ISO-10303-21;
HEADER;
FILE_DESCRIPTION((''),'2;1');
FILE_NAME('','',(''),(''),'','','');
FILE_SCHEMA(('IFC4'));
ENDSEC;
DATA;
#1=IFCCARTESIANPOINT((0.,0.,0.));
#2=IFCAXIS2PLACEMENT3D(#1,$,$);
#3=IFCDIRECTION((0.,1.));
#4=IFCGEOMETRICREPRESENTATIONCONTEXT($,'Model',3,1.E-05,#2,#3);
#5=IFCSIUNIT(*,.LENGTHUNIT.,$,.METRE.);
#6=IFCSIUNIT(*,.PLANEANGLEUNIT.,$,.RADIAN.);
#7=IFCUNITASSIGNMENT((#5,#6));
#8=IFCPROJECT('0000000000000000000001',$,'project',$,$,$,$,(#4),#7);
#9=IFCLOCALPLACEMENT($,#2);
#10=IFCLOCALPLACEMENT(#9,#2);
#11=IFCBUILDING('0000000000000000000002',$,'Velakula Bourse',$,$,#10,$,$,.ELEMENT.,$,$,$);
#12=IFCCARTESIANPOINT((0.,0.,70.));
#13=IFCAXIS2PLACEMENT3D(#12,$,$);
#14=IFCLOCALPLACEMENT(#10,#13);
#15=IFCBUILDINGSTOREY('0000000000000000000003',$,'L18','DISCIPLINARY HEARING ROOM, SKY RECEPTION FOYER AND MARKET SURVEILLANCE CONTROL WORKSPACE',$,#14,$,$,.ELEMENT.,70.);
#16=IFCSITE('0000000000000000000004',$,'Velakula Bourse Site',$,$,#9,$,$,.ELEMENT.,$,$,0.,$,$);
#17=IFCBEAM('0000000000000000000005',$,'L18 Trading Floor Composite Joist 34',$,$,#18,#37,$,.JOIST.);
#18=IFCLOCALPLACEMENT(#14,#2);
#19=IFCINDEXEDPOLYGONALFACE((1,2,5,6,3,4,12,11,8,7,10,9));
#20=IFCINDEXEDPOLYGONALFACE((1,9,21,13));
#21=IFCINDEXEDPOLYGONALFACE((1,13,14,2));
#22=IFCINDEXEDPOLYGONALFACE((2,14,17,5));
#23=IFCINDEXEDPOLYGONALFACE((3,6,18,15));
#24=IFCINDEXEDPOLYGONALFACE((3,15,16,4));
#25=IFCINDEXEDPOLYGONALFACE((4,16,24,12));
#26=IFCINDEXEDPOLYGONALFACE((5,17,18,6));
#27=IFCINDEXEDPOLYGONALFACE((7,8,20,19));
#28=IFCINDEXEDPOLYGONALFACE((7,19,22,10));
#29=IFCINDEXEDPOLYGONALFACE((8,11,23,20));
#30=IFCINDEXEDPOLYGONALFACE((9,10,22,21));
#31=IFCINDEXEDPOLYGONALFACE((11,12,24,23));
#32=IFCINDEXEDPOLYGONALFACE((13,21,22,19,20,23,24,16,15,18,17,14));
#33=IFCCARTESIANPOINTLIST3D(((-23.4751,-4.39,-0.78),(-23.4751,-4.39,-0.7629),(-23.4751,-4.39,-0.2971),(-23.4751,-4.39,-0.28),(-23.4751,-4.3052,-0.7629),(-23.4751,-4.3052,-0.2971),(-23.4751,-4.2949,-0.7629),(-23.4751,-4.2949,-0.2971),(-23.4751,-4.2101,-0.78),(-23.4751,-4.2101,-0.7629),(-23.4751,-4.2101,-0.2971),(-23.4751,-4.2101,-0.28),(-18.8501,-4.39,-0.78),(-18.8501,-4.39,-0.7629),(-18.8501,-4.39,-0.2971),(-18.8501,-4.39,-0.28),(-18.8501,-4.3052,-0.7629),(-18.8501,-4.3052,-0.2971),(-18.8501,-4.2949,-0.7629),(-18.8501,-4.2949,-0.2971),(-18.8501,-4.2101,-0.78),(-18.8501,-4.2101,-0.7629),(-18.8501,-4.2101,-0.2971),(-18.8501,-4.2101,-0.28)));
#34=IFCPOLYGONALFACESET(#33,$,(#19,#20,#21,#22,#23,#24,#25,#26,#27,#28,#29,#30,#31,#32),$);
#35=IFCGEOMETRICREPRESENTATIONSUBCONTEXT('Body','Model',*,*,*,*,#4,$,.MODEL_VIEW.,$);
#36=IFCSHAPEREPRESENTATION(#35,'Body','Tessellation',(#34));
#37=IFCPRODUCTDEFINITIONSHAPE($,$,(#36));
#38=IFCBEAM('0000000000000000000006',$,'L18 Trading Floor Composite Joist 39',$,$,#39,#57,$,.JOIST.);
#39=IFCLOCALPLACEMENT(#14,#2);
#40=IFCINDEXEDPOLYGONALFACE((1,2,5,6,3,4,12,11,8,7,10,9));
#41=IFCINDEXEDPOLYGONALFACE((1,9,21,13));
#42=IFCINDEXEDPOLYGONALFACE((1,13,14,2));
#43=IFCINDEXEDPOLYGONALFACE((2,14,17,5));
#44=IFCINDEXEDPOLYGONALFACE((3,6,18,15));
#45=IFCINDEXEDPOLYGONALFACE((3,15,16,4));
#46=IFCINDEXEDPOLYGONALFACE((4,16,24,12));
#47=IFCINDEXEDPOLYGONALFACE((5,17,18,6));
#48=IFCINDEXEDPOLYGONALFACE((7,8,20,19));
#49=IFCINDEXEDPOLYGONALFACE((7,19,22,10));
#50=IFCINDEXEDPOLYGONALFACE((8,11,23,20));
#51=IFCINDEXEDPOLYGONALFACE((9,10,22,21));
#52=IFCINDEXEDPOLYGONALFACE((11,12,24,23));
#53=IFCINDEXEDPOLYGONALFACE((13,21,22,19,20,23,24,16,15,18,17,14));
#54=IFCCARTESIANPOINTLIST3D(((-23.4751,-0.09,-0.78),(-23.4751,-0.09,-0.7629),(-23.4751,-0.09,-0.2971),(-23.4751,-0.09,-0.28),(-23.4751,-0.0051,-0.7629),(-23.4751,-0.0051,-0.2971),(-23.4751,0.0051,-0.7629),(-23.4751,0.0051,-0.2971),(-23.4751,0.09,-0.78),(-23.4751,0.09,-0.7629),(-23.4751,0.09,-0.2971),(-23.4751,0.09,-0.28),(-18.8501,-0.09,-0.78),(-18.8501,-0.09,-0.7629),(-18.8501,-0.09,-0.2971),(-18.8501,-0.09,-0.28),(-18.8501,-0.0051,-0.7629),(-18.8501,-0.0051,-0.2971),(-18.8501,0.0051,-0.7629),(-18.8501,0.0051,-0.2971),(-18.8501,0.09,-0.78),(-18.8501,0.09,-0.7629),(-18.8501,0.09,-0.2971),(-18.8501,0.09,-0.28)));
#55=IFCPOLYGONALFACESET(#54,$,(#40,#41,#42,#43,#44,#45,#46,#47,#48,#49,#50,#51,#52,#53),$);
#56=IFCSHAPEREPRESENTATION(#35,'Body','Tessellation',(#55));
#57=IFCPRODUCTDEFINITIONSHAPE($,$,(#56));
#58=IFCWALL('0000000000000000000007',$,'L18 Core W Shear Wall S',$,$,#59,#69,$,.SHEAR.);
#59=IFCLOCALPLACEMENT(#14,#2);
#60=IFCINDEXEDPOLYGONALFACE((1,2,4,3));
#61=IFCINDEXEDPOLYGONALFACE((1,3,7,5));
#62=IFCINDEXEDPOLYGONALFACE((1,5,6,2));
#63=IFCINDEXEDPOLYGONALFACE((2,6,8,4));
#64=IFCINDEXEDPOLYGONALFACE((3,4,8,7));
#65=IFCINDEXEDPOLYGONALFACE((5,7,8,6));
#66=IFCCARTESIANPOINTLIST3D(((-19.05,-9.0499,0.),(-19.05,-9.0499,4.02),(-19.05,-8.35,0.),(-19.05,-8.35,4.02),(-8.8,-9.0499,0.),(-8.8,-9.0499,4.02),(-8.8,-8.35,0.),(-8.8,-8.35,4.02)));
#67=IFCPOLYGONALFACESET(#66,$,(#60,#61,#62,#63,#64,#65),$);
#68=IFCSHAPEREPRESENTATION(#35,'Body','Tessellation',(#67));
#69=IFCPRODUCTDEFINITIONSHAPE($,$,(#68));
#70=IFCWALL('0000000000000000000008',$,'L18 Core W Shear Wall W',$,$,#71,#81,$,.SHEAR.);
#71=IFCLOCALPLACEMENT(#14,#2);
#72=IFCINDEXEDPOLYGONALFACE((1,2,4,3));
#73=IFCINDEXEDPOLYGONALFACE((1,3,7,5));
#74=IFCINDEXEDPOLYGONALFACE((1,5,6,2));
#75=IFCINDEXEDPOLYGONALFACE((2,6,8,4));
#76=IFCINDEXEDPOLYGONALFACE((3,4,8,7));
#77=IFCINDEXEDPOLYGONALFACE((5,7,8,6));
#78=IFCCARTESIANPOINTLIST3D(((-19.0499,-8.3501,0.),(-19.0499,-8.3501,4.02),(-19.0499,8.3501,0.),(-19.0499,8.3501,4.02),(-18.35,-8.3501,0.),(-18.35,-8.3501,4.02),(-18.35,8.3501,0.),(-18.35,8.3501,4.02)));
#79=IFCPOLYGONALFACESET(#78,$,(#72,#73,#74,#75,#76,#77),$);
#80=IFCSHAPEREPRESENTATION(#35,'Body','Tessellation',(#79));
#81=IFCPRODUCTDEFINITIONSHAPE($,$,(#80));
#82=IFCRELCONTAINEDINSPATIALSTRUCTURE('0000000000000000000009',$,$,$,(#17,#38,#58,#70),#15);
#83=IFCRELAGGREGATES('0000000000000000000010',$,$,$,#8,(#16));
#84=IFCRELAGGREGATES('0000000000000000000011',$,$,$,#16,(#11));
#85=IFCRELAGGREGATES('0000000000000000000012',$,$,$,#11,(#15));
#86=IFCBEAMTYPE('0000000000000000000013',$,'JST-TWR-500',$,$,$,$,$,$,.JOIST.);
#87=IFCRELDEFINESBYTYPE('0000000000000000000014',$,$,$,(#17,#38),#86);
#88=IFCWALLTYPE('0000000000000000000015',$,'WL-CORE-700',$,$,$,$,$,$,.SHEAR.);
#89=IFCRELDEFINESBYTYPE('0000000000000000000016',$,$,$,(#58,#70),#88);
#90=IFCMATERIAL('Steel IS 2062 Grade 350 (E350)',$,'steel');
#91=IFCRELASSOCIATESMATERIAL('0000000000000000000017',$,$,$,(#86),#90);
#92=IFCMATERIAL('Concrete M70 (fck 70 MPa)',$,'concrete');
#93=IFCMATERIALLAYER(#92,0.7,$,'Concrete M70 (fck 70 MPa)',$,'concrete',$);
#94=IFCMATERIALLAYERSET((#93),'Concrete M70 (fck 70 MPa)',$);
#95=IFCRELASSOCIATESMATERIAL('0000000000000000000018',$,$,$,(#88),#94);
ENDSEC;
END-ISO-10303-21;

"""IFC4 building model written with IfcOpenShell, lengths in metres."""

from ifc_helpers import new_model, si_unit, direction, frame, frame_2d, origin, origin_2d, place, context, subcontext, project, spatial, rectangle, i_section, extrude, material, layer, layer_set, material_profile, profile_set, type_object, element, save


model = new_model("IFC4")

# Units and contexts
model_context = context("Model", 3, precision=1e-05, world=origin(), true_north=direction((0.0, 1.0)))
body_context = subcontext(model_context, "Body", "Model", "MODEL_VIEW")
ifc_project = project(units=[si_unit("LENGTHUNIT", "METRE"), si_unit("PLANEANGLEUNIT", "RADIAN")], contexts=[model_context])

# Site, building, storey
site_placement = place(None, origin())
site = spatial("IfcSite", under=ifc_project, at=site_placement, Name="Velakula Bourse Site", CompositionType="ELEMENT", RefElevation=0.0)
building_placement = place(site_placement, origin())
building = spatial("IfcBuilding", under=site, at=building_placement, Name="Velakula Bourse", CompositionType="ELEMENT")
storey_placement = place(building_placement, frame((0.0, 0.0, 70.0)))
storey = spatial("IfcBuildingStorey", under=building, at=storey_placement, Name="L18", Description="DISCIPLINARY HEARING ROOM, SKY RECEPTION FOYER AND MARKET SURVEILLANCE CONTROL WORKSPACE", CompositionType="ELEMENT", Elevation=70.0)

# Shared definitions
ifc_material_1 = material(Name="Concrete M70 (fck 70 MPa)", Category="concrete")

# Beams
ifc_material_2 = material(Name="Steel IS 2062 Grade 350 (E350)", Category="steel")
ifc_material_profile_1 = material_profile(ifc_material_2, i_section(OverallWidth=0.1799, OverallDepth=0.5, WebThickness=0.0103, FlangeThickness=0.0171, at=origin_2d()), Name="Steel IS 2062 Grade 350 (E350)")
ifc_profile_set_1 = profile_set([ifc_material_profile_1], Name="Steel IS 2062 Grade 350 (E350)")
beam_type_1 = type_object("IfcBeamType", Name="JST-TWR-500", PredefinedType="JOIST", material=ifc_profile_set_1)
for number, where, z_axis, x_axis, name in (
    (1, (-23.4751, -4.3, -0.53), (1.0, 0.0, 0.0), (0.0, 1.0, 0.0), "L18 Trading Floor Composite Joist 34"),
    (2, (-23.4751, 0.0, -0.53), (1.0, 0.0, 0.0), (0.0, 1.0, 0.0), "L18 Trading Floor Composite Joist 39"),
):
    element("IfcBeam", number, at=place(storey_placement, frame(where, z_axis=z_axis, x_axis=x_axis)), inside=storey, type_object=beam_type_1, Name=name, PredefinedType="JOIST", context=body_context, shape_type="SweptSolid", body=[
        extrude(i_section(OverallWidth=0.1799, OverallDepth=0.5, WebThickness=0.0103, FlangeThickness=0.0171, at=origin_2d()), origin(), (0.0, 0.0, 1.0), 4.625),
    ])

# Walls
ifc_layer = layer(ifc_material_1, 0.7, Name="Concrete M70 (fck 70 MPa)", Category="concrete")
ifc_layer_set = layer_set([ifc_layer], Name="Concrete M70 (fck 70 MPa)")
wall_type = type_object("IfcWallType", Name="WL-CORE-700", PredefinedType="SHEAR", material=ifc_layer_set)
wall_1_placement = place(storey_placement, frame((-19.05, -8.7, 0.0), z_axis=(0.0, 0.0, 1.0), x_axis=(1.0, 0.0, 0.0)))
element("IfcWall", 3, at=wall_1_placement, inside=storey, type_object=wall_type, Name="L18 Core W Shear Wall S", PredefinedType="SHEAR", context=body_context, shape_type="SweptSolid", body=[
    extrude(rectangle(XDim=10.25, YDim=0.7, at=frame_2d((5.125, 0.0))), origin(), (0.0, 0.0, 1.0), 4.02),
])
wall_2_placement = place(storey_placement, frame((-18.7, -8.3501, 0.0), z_axis=(0.0, 0.0, 1.0), x_axis=(0.0, 1.0, 0.0)))
element("IfcWall", 4, at=wall_2_placement, inside=storey, type_object=wall_type, Name="L18 Core W Shear Wall W", PredefinedType="SHEAR", context=body_context, shape_type="SweptSolid", body=[
    extrude(rectangle(XDim=16.7002, YDim=0.7, at=frame_2d((8.3501, 0.0))), origin(), (0.0, 0.0, 1.0), 4.02),
])

save(model, "model.ifc")
